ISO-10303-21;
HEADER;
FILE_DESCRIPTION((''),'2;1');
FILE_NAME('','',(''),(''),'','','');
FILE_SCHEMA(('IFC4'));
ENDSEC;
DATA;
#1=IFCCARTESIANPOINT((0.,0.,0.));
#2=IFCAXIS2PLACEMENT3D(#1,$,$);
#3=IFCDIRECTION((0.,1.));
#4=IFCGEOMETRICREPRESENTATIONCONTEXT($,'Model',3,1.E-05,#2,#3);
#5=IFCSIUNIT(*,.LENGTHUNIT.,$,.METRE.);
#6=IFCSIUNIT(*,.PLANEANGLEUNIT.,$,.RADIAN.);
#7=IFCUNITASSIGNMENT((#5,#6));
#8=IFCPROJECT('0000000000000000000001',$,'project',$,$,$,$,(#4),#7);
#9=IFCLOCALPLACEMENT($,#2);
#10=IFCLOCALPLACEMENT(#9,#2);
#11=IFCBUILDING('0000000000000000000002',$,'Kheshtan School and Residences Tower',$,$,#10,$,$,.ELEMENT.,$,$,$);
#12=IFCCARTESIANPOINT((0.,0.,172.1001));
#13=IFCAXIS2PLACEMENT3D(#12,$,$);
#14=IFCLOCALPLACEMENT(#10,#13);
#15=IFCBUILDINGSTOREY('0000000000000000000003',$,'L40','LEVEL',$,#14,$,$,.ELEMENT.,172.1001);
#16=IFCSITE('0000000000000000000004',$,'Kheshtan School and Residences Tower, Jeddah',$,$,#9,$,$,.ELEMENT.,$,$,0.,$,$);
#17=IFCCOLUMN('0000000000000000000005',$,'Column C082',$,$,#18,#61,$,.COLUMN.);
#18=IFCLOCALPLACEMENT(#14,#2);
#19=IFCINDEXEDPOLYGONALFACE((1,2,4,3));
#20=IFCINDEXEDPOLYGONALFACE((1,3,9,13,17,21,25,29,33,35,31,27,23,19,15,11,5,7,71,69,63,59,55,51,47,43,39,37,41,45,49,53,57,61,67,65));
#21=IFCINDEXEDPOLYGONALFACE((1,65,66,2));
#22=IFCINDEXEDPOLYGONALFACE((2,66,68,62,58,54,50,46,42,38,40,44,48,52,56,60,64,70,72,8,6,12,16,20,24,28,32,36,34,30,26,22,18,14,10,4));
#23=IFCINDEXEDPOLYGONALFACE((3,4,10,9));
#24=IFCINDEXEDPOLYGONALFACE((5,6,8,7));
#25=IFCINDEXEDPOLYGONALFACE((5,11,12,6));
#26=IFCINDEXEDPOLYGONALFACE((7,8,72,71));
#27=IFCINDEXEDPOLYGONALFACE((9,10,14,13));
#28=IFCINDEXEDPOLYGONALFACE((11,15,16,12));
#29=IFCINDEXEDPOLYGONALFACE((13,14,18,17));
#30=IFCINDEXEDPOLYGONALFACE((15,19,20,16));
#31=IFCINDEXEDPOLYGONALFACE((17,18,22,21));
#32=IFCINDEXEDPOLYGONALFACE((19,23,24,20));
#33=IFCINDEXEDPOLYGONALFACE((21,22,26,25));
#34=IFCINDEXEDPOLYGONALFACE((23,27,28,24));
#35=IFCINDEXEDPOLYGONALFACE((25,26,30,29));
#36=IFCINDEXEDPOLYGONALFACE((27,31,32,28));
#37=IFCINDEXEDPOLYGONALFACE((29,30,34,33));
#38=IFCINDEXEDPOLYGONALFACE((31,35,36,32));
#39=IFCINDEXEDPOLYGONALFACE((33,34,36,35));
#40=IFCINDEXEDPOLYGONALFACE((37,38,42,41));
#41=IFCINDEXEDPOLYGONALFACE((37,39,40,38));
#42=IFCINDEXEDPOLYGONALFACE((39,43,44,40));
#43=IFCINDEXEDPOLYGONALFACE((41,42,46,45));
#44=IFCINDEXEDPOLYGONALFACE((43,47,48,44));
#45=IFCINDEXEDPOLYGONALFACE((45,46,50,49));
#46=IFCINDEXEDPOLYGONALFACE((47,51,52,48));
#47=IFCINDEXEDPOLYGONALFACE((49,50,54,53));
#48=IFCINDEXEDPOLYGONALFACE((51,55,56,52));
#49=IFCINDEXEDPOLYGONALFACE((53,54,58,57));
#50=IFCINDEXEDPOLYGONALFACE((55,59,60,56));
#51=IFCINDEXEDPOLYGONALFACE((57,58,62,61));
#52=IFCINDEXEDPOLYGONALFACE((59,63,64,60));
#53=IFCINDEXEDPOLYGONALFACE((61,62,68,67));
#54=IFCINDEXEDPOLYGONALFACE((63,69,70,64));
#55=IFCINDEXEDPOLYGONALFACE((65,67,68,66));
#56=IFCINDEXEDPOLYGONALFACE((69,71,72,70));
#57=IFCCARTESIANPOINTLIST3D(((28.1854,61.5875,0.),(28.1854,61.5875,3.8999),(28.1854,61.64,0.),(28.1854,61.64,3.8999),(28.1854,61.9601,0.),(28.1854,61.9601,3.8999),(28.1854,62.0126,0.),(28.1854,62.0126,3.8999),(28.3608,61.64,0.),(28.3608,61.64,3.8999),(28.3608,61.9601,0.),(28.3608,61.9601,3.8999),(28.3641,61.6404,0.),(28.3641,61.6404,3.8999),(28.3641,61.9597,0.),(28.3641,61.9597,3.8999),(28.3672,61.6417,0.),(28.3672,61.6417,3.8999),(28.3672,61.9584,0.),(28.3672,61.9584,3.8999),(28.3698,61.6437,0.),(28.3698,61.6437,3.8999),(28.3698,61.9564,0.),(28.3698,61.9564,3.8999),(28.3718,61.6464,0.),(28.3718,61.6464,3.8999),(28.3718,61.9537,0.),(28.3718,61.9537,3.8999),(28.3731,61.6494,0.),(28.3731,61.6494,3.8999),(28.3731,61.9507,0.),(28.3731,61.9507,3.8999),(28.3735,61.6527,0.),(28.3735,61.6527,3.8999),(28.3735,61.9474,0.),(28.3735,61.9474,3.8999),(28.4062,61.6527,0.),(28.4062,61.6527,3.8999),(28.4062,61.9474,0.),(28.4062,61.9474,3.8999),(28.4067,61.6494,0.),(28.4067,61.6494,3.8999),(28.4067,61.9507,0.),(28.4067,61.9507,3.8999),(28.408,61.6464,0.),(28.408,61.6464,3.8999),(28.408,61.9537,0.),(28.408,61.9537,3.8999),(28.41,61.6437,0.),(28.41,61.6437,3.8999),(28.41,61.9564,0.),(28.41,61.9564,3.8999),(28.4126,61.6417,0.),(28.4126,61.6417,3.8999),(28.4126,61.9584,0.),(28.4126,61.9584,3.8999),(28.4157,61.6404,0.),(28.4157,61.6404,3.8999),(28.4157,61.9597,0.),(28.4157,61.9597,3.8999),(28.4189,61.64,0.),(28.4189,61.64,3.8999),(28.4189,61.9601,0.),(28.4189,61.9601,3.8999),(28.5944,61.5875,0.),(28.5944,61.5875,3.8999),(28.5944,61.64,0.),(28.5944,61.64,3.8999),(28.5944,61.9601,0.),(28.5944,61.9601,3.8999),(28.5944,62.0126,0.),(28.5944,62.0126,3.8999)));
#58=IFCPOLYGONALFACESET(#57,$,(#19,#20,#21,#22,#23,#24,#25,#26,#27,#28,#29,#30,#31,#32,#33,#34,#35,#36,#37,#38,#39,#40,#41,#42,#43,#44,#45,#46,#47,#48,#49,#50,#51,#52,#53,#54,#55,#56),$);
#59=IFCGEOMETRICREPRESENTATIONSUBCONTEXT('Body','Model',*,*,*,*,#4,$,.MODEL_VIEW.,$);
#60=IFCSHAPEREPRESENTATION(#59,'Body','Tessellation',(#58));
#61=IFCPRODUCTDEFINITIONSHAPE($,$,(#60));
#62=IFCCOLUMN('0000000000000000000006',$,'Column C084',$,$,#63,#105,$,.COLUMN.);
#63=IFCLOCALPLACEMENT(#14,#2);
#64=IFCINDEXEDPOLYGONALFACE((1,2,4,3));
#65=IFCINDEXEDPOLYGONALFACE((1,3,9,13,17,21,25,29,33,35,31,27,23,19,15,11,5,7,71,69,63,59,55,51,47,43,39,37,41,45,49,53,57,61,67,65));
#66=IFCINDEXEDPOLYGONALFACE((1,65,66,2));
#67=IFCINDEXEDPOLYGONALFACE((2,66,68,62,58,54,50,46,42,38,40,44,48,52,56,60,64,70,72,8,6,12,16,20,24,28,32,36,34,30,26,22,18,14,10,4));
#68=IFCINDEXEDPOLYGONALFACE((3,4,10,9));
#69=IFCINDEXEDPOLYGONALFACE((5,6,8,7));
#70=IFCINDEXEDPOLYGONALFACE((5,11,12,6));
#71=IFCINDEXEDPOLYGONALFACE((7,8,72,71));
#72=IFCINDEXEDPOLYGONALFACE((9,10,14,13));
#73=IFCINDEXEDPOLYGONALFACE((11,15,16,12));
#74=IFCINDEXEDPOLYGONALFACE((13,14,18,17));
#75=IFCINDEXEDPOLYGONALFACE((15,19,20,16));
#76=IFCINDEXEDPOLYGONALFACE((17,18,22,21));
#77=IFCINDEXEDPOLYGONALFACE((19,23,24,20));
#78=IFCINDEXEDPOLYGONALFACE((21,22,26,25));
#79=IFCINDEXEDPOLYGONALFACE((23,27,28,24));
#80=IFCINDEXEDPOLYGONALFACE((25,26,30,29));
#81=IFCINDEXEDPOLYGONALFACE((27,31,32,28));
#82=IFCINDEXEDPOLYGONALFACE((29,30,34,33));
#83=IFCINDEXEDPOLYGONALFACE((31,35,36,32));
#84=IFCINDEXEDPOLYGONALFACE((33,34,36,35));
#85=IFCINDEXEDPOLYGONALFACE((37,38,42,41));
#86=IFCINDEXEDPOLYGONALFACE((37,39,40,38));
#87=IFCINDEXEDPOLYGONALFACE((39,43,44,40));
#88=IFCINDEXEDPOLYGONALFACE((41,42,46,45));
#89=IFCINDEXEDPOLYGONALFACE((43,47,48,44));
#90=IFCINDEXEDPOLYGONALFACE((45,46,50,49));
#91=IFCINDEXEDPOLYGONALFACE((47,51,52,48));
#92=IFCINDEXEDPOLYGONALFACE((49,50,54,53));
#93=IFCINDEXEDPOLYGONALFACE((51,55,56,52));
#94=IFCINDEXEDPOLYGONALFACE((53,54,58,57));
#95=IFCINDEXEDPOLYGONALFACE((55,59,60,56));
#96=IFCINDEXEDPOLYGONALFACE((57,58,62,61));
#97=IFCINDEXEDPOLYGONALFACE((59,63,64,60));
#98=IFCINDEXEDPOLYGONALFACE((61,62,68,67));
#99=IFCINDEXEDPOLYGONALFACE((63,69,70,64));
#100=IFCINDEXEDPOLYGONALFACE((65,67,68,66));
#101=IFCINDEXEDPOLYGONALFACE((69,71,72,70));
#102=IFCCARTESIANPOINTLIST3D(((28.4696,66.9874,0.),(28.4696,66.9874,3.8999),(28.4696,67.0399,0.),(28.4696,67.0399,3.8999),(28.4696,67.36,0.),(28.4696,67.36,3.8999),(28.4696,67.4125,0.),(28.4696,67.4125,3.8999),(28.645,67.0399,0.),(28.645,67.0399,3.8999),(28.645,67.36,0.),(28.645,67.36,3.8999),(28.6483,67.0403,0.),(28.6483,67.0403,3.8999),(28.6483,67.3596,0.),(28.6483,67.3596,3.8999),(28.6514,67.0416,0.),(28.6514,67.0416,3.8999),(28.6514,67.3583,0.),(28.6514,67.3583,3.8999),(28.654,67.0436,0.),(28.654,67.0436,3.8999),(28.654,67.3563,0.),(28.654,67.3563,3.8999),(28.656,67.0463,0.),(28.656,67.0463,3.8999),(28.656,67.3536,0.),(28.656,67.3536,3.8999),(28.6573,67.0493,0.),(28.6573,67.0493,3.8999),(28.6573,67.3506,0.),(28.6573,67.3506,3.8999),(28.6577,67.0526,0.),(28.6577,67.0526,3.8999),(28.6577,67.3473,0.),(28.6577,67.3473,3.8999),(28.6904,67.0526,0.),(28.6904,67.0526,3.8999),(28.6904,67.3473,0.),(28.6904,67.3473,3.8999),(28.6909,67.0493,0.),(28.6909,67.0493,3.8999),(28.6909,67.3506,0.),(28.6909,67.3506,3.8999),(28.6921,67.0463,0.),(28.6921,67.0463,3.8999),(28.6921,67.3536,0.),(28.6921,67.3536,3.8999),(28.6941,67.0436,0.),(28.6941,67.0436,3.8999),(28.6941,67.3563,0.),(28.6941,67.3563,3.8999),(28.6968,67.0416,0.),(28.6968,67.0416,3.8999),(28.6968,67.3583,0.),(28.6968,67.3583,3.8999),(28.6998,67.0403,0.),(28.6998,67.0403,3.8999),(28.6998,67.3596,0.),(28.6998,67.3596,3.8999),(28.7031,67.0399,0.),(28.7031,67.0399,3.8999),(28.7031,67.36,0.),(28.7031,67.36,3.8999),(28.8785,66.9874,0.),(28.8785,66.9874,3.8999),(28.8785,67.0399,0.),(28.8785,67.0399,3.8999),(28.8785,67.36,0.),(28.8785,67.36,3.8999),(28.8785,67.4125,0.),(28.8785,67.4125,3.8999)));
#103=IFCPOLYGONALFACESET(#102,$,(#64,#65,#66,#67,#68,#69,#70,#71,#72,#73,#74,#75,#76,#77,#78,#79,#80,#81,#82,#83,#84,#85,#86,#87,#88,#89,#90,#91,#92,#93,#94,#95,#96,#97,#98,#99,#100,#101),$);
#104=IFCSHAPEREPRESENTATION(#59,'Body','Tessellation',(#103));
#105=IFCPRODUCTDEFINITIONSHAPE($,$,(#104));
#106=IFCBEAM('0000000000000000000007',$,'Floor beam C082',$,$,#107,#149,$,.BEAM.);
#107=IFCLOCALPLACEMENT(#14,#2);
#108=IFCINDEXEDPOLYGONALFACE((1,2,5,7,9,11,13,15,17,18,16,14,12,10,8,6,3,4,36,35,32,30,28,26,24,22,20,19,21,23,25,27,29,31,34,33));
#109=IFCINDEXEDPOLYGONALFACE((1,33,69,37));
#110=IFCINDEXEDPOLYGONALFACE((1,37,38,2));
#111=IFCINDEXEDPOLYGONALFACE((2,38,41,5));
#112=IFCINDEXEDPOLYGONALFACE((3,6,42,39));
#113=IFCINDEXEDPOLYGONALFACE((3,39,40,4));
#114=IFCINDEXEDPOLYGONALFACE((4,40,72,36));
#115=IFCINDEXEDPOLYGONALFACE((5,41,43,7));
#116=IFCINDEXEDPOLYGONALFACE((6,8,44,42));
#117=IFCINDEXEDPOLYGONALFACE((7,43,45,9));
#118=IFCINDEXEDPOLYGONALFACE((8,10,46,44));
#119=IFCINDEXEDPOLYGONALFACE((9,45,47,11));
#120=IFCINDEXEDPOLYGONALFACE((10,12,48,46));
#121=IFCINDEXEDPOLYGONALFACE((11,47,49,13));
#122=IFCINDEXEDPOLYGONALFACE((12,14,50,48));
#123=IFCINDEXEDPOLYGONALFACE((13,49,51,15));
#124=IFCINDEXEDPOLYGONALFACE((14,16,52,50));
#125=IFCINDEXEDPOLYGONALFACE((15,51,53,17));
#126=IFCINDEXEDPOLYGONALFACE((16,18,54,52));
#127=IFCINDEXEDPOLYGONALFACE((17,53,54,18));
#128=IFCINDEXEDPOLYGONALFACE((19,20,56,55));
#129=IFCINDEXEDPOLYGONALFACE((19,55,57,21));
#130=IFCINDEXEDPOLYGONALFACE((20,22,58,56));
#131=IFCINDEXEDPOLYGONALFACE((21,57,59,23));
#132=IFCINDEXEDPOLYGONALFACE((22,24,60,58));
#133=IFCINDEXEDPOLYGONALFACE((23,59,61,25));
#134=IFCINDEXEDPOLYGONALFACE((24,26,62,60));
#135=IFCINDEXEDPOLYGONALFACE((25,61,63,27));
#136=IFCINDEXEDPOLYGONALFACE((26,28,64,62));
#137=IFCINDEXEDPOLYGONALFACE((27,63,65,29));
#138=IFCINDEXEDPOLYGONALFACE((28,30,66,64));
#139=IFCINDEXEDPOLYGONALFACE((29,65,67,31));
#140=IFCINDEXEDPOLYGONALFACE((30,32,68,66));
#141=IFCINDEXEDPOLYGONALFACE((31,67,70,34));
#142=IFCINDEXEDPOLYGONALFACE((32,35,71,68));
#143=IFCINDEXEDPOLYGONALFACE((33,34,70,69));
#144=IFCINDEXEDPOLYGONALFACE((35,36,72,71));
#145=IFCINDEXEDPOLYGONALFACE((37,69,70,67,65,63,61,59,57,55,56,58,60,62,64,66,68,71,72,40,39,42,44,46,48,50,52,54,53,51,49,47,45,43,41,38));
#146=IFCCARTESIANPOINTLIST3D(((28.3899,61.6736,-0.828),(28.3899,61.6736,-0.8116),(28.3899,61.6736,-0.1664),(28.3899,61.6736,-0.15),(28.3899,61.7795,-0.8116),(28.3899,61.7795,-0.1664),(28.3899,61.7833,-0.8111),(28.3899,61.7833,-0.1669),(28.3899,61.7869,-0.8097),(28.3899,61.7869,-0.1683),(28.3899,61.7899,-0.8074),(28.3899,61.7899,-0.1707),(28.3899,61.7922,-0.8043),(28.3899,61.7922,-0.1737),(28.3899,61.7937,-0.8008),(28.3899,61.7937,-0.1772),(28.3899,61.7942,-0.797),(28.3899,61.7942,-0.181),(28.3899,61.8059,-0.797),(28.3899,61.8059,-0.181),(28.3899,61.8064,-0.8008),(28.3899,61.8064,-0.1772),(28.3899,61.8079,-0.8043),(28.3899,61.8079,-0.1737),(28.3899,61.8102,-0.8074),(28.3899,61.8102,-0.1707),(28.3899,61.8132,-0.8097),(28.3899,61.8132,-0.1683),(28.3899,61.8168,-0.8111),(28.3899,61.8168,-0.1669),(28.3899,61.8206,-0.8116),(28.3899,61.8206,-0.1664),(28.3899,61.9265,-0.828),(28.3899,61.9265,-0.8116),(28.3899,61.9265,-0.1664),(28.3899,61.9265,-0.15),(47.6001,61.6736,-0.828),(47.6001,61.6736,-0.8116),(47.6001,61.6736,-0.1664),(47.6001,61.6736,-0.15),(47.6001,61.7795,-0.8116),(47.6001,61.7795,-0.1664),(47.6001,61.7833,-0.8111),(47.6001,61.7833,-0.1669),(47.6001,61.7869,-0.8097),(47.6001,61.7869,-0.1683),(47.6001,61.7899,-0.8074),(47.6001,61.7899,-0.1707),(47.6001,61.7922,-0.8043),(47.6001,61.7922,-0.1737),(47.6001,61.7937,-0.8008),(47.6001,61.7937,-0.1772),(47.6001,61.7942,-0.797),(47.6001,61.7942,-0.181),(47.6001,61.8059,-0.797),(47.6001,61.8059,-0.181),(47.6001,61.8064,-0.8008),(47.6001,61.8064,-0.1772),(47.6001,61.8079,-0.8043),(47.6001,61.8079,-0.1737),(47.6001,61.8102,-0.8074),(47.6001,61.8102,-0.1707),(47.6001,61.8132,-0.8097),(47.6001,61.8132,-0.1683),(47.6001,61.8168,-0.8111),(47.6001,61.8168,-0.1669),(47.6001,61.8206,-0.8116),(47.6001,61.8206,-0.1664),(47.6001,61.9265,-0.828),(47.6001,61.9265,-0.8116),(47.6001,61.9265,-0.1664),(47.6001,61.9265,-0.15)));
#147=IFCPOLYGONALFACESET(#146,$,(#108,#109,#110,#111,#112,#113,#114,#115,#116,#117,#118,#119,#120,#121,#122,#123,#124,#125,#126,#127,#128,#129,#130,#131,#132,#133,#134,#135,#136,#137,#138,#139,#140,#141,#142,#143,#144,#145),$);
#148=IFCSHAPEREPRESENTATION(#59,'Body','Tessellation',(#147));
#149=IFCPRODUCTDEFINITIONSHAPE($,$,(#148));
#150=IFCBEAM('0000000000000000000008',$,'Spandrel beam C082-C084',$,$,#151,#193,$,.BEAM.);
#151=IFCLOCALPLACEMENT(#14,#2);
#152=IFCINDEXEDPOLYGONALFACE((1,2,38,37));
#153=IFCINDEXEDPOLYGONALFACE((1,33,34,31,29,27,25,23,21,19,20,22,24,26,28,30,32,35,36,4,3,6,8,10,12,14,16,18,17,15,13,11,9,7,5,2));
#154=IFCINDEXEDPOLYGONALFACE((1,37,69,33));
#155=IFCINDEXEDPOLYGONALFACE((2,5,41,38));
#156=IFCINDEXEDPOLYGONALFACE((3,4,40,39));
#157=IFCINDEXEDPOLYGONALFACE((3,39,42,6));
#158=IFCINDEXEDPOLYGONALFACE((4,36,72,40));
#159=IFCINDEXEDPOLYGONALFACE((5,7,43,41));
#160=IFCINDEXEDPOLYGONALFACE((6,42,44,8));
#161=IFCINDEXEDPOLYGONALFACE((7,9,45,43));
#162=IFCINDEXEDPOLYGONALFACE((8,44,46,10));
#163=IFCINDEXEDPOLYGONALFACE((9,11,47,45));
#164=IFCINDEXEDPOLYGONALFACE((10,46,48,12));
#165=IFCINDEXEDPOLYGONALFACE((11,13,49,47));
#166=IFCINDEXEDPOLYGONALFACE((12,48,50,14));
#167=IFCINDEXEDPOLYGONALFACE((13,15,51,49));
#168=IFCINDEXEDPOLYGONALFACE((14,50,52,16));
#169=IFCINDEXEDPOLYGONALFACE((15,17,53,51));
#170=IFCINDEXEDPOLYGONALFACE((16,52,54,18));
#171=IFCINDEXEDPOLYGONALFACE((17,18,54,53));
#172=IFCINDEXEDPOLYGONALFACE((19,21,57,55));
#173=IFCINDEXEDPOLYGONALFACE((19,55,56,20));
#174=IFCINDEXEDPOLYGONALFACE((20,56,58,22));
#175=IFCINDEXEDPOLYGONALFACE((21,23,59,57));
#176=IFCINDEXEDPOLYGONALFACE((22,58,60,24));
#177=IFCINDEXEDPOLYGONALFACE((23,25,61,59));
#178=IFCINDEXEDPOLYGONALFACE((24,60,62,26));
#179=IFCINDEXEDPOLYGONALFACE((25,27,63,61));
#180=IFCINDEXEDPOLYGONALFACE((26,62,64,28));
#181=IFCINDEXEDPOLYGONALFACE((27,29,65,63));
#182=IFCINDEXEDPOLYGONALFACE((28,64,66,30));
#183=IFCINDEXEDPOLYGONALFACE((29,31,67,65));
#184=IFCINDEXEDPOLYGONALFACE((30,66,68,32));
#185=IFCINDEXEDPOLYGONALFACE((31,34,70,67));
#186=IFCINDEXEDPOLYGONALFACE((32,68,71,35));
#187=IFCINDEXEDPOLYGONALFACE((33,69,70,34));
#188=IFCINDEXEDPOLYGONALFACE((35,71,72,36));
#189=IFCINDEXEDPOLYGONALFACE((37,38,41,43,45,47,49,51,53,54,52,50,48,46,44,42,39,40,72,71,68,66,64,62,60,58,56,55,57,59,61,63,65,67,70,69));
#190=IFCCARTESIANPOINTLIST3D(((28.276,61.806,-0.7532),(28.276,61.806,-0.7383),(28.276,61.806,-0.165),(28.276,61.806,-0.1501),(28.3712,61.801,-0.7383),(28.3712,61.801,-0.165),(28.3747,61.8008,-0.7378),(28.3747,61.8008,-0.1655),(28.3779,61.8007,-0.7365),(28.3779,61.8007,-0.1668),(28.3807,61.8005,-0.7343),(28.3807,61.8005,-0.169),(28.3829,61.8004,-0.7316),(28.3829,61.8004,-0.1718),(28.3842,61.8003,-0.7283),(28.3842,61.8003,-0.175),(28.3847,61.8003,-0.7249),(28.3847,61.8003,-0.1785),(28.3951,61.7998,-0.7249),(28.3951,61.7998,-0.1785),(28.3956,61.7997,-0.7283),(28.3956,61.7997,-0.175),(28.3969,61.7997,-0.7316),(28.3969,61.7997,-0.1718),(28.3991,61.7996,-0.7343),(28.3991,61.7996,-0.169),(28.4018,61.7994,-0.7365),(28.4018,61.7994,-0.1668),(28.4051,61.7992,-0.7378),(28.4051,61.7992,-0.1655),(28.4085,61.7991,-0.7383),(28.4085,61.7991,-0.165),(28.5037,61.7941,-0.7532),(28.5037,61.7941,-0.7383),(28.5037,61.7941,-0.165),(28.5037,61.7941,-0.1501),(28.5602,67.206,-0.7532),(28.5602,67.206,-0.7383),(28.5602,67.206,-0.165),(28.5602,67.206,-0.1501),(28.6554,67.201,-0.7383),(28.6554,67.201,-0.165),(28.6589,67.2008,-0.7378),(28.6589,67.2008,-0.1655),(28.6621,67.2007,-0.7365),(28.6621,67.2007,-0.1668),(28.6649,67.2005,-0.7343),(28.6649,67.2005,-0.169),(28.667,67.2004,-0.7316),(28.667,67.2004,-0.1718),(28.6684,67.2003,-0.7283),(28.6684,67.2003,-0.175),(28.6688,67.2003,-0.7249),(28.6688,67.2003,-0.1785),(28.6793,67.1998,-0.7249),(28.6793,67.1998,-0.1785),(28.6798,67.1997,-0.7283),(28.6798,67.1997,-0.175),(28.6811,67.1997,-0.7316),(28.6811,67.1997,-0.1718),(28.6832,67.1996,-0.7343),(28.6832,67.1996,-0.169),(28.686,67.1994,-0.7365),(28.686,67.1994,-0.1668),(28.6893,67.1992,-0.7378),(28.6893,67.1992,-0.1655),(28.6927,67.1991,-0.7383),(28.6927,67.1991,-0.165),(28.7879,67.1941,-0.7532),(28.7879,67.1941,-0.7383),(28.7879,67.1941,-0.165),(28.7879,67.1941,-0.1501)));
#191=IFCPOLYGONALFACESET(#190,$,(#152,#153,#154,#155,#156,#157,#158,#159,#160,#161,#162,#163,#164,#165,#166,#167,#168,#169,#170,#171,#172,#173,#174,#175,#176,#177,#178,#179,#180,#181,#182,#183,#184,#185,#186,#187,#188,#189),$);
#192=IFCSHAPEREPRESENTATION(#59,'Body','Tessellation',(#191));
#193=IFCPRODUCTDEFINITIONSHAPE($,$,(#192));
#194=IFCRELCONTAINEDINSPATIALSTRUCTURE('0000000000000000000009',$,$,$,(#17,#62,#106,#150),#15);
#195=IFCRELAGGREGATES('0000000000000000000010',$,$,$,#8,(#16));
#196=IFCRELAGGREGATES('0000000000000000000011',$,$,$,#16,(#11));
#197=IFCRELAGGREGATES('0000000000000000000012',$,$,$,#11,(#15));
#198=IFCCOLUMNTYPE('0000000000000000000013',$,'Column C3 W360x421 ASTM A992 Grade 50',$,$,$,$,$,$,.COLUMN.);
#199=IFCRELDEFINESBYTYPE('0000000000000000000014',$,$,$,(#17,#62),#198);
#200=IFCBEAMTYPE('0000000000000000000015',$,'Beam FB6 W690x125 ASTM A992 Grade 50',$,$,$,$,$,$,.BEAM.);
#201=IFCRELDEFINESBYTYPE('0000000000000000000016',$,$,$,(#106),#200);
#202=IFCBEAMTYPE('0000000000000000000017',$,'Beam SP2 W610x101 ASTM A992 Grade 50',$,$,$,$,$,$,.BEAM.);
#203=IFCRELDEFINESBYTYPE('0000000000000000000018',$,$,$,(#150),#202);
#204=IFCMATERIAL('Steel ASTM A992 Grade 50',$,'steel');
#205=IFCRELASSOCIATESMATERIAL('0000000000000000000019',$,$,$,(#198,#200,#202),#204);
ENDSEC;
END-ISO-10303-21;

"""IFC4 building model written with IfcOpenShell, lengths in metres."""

from ifc_helpers import new_model, si_unit, direction, frame, origin, origin_2d, place, context, subcontext, project, spatial, i_section, extrude, material, material_profile, profile_set, type_object, element, save


model = new_model("IFC4")

# Units and contexts
model_context = context("Model", 3, precision=1e-05, world=origin(), true_north=direction((0.0, 1.0)))
body_context = subcontext(model_context, "Body", "Model", "MODEL_VIEW")
ifc_project = project(units=[si_unit("LENGTHUNIT", "METRE"), si_unit("PLANEANGLEUNIT", "RADIAN")], contexts=[model_context])

# Site, building, storey
site_placement = place(None, origin())
site = spatial("IfcSite", under=ifc_project, at=site_placement, Name="Kheshtan School and Residences Tower, Jeddah", CompositionType="ELEMENT", RefElevation=0.0)
building_placement = place(site_placement, origin())
building = spatial("IfcBuilding", under=site, at=building_placement, Name="Kheshtan School and Residences Tower", CompositionType="ELEMENT")
storey_placement = place(building_placement, frame((0.0, 0.0, 172.1001)))
storey = spatial("IfcBuildingStorey", under=building, at=storey_placement, Name="L40", Description="LEVEL", CompositionType="ELEMENT", Elevation=172.1001)

# Columns
ifc_material_1 = material(Name="Steel ASTM A992 Grade 50", Category="steel")
ifc_material_profile_1 = material_profile(ifc_material_1, i_section(OverallWidth=0.4089, OverallDepth=0.425, WebThickness=0.0327, FlangeThickness=0.0525, FilletRadius=0.0127, at=origin_2d()), Name="W360x421")
ifc_profile_set_1 = profile_set([ifc_material_profile_1], Name="Steel ASTM A992 Grade 50")
column_type = type_object("IfcColumnType", Name="Column C3 W360x421 ASTM A992 Grade 50", PredefinedType="COLUMN", material=ifc_profile_set_1)
for number, where, z_axis, x_axis, name in (
    (1, (28.3899, 61.8, 0.0), (0.0, 0.0, 1.0), (1.0, 0.0, 0.0), "Column C082"),
    (2, (28.6741, 67.2, 0.0), (0.0, 0.0, 1.0), (1.0, 0.0, 0.0), "Column C084"),
):
    element("IfcColumn", number, at=place(storey_placement, frame(where, z_axis=z_axis, x_axis=x_axis)), inside=storey, type_object=column_type, Name=name, PredefinedType="COLUMN", context=body_context, shape_type="SweptSolid", body=[
        extrude(i_section(OverallWidth=0.4089, OverallDepth=0.425, WebThickness=0.0327, FlangeThickness=0.0525, FilletRadius=0.0127, at=origin_2d()), origin(), (0.0, 0.0, 1.0), 3.8999),
    ])

# Beams
ifc_material_profile_2 = material_profile(ifc_material_1, i_section(OverallWidth=0.2529, OverallDepth=0.678, WebThickness=0.0117, FlangeThickness=0.0164, FilletRadius=0.0146, at=origin_2d()), Name="W690x125")
ifc_profile_set_2 = profile_set([ifc_material_profile_2], Name="Steel ASTM A992 Grade 50")
beam_type_1 = type_object("IfcBeamType", Name="Beam FB6 W690x125 ASTM A992 Grade 50", PredefinedType="BEAM", material=ifc_profile_set_2)
beam_1_placement = place(storey_placement, frame((28.3899, 61.8, -0.489), z_axis=(1.0, 0.0, 0.0), x_axis=(0.0, 1.0, 0.0)))
element("IfcBeam", 3, at=beam_1_placement, inside=storey, type_object=beam_type_1, Name="Floor beam C082", PredefinedType="BEAM", context=body_context, shape_type="SweptSolid", body=[
    extrude(i_section(OverallWidth=0.2529, OverallDepth=0.678, WebThickness=0.0117, FlangeThickness=0.0164, FilletRadius=0.0146, at=origin_2d()), origin(), (0.0, 0.0, 1.0), 19.2102),
])
ifc_material_profile_3 = material_profile(ifc_material_1, i_section(OverallWidth=0.228, OverallDepth=0.603, WebThickness=0.0105, FlangeThickness=0.0149, FilletRadius=0.0134, at=origin_2d()), Name="W610x101")
ifc_profile_set_3 = profile_set([ifc_material_profile_3], Name="Steel ASTM A992 Grade 50")
beam_type_2 = type_object("IfcBeamType", Name="Beam SP2 W610x101 ASTM A992 Grade 50", PredefinedType="BEAM", material=ifc_profile_set_3)
beam_2_placement = place(storey_placement, frame((28.3899, 61.8, -0.4517), z_axis=(0.052554, 0.998618, 0.0), x_axis=(-0.998618, 0.052554, 0.0)))
element("IfcBeam", 4, at=beam_2_placement, inside=storey, type_object=beam_type_2, Name="Spandrel beam C082-C084", PredefinedType="BEAM", context=body_context, shape_type="SweptSolid", body=[
    extrude(i_section(OverallWidth=0.228, OverallDepth=0.603, WebThickness=0.0105, FlangeThickness=0.0149, FilletRadius=0.0134, at=origin_2d()), origin(), (0.0, 0.0, 1.0), 5.4075),
])

save(model, "model.ifc")
